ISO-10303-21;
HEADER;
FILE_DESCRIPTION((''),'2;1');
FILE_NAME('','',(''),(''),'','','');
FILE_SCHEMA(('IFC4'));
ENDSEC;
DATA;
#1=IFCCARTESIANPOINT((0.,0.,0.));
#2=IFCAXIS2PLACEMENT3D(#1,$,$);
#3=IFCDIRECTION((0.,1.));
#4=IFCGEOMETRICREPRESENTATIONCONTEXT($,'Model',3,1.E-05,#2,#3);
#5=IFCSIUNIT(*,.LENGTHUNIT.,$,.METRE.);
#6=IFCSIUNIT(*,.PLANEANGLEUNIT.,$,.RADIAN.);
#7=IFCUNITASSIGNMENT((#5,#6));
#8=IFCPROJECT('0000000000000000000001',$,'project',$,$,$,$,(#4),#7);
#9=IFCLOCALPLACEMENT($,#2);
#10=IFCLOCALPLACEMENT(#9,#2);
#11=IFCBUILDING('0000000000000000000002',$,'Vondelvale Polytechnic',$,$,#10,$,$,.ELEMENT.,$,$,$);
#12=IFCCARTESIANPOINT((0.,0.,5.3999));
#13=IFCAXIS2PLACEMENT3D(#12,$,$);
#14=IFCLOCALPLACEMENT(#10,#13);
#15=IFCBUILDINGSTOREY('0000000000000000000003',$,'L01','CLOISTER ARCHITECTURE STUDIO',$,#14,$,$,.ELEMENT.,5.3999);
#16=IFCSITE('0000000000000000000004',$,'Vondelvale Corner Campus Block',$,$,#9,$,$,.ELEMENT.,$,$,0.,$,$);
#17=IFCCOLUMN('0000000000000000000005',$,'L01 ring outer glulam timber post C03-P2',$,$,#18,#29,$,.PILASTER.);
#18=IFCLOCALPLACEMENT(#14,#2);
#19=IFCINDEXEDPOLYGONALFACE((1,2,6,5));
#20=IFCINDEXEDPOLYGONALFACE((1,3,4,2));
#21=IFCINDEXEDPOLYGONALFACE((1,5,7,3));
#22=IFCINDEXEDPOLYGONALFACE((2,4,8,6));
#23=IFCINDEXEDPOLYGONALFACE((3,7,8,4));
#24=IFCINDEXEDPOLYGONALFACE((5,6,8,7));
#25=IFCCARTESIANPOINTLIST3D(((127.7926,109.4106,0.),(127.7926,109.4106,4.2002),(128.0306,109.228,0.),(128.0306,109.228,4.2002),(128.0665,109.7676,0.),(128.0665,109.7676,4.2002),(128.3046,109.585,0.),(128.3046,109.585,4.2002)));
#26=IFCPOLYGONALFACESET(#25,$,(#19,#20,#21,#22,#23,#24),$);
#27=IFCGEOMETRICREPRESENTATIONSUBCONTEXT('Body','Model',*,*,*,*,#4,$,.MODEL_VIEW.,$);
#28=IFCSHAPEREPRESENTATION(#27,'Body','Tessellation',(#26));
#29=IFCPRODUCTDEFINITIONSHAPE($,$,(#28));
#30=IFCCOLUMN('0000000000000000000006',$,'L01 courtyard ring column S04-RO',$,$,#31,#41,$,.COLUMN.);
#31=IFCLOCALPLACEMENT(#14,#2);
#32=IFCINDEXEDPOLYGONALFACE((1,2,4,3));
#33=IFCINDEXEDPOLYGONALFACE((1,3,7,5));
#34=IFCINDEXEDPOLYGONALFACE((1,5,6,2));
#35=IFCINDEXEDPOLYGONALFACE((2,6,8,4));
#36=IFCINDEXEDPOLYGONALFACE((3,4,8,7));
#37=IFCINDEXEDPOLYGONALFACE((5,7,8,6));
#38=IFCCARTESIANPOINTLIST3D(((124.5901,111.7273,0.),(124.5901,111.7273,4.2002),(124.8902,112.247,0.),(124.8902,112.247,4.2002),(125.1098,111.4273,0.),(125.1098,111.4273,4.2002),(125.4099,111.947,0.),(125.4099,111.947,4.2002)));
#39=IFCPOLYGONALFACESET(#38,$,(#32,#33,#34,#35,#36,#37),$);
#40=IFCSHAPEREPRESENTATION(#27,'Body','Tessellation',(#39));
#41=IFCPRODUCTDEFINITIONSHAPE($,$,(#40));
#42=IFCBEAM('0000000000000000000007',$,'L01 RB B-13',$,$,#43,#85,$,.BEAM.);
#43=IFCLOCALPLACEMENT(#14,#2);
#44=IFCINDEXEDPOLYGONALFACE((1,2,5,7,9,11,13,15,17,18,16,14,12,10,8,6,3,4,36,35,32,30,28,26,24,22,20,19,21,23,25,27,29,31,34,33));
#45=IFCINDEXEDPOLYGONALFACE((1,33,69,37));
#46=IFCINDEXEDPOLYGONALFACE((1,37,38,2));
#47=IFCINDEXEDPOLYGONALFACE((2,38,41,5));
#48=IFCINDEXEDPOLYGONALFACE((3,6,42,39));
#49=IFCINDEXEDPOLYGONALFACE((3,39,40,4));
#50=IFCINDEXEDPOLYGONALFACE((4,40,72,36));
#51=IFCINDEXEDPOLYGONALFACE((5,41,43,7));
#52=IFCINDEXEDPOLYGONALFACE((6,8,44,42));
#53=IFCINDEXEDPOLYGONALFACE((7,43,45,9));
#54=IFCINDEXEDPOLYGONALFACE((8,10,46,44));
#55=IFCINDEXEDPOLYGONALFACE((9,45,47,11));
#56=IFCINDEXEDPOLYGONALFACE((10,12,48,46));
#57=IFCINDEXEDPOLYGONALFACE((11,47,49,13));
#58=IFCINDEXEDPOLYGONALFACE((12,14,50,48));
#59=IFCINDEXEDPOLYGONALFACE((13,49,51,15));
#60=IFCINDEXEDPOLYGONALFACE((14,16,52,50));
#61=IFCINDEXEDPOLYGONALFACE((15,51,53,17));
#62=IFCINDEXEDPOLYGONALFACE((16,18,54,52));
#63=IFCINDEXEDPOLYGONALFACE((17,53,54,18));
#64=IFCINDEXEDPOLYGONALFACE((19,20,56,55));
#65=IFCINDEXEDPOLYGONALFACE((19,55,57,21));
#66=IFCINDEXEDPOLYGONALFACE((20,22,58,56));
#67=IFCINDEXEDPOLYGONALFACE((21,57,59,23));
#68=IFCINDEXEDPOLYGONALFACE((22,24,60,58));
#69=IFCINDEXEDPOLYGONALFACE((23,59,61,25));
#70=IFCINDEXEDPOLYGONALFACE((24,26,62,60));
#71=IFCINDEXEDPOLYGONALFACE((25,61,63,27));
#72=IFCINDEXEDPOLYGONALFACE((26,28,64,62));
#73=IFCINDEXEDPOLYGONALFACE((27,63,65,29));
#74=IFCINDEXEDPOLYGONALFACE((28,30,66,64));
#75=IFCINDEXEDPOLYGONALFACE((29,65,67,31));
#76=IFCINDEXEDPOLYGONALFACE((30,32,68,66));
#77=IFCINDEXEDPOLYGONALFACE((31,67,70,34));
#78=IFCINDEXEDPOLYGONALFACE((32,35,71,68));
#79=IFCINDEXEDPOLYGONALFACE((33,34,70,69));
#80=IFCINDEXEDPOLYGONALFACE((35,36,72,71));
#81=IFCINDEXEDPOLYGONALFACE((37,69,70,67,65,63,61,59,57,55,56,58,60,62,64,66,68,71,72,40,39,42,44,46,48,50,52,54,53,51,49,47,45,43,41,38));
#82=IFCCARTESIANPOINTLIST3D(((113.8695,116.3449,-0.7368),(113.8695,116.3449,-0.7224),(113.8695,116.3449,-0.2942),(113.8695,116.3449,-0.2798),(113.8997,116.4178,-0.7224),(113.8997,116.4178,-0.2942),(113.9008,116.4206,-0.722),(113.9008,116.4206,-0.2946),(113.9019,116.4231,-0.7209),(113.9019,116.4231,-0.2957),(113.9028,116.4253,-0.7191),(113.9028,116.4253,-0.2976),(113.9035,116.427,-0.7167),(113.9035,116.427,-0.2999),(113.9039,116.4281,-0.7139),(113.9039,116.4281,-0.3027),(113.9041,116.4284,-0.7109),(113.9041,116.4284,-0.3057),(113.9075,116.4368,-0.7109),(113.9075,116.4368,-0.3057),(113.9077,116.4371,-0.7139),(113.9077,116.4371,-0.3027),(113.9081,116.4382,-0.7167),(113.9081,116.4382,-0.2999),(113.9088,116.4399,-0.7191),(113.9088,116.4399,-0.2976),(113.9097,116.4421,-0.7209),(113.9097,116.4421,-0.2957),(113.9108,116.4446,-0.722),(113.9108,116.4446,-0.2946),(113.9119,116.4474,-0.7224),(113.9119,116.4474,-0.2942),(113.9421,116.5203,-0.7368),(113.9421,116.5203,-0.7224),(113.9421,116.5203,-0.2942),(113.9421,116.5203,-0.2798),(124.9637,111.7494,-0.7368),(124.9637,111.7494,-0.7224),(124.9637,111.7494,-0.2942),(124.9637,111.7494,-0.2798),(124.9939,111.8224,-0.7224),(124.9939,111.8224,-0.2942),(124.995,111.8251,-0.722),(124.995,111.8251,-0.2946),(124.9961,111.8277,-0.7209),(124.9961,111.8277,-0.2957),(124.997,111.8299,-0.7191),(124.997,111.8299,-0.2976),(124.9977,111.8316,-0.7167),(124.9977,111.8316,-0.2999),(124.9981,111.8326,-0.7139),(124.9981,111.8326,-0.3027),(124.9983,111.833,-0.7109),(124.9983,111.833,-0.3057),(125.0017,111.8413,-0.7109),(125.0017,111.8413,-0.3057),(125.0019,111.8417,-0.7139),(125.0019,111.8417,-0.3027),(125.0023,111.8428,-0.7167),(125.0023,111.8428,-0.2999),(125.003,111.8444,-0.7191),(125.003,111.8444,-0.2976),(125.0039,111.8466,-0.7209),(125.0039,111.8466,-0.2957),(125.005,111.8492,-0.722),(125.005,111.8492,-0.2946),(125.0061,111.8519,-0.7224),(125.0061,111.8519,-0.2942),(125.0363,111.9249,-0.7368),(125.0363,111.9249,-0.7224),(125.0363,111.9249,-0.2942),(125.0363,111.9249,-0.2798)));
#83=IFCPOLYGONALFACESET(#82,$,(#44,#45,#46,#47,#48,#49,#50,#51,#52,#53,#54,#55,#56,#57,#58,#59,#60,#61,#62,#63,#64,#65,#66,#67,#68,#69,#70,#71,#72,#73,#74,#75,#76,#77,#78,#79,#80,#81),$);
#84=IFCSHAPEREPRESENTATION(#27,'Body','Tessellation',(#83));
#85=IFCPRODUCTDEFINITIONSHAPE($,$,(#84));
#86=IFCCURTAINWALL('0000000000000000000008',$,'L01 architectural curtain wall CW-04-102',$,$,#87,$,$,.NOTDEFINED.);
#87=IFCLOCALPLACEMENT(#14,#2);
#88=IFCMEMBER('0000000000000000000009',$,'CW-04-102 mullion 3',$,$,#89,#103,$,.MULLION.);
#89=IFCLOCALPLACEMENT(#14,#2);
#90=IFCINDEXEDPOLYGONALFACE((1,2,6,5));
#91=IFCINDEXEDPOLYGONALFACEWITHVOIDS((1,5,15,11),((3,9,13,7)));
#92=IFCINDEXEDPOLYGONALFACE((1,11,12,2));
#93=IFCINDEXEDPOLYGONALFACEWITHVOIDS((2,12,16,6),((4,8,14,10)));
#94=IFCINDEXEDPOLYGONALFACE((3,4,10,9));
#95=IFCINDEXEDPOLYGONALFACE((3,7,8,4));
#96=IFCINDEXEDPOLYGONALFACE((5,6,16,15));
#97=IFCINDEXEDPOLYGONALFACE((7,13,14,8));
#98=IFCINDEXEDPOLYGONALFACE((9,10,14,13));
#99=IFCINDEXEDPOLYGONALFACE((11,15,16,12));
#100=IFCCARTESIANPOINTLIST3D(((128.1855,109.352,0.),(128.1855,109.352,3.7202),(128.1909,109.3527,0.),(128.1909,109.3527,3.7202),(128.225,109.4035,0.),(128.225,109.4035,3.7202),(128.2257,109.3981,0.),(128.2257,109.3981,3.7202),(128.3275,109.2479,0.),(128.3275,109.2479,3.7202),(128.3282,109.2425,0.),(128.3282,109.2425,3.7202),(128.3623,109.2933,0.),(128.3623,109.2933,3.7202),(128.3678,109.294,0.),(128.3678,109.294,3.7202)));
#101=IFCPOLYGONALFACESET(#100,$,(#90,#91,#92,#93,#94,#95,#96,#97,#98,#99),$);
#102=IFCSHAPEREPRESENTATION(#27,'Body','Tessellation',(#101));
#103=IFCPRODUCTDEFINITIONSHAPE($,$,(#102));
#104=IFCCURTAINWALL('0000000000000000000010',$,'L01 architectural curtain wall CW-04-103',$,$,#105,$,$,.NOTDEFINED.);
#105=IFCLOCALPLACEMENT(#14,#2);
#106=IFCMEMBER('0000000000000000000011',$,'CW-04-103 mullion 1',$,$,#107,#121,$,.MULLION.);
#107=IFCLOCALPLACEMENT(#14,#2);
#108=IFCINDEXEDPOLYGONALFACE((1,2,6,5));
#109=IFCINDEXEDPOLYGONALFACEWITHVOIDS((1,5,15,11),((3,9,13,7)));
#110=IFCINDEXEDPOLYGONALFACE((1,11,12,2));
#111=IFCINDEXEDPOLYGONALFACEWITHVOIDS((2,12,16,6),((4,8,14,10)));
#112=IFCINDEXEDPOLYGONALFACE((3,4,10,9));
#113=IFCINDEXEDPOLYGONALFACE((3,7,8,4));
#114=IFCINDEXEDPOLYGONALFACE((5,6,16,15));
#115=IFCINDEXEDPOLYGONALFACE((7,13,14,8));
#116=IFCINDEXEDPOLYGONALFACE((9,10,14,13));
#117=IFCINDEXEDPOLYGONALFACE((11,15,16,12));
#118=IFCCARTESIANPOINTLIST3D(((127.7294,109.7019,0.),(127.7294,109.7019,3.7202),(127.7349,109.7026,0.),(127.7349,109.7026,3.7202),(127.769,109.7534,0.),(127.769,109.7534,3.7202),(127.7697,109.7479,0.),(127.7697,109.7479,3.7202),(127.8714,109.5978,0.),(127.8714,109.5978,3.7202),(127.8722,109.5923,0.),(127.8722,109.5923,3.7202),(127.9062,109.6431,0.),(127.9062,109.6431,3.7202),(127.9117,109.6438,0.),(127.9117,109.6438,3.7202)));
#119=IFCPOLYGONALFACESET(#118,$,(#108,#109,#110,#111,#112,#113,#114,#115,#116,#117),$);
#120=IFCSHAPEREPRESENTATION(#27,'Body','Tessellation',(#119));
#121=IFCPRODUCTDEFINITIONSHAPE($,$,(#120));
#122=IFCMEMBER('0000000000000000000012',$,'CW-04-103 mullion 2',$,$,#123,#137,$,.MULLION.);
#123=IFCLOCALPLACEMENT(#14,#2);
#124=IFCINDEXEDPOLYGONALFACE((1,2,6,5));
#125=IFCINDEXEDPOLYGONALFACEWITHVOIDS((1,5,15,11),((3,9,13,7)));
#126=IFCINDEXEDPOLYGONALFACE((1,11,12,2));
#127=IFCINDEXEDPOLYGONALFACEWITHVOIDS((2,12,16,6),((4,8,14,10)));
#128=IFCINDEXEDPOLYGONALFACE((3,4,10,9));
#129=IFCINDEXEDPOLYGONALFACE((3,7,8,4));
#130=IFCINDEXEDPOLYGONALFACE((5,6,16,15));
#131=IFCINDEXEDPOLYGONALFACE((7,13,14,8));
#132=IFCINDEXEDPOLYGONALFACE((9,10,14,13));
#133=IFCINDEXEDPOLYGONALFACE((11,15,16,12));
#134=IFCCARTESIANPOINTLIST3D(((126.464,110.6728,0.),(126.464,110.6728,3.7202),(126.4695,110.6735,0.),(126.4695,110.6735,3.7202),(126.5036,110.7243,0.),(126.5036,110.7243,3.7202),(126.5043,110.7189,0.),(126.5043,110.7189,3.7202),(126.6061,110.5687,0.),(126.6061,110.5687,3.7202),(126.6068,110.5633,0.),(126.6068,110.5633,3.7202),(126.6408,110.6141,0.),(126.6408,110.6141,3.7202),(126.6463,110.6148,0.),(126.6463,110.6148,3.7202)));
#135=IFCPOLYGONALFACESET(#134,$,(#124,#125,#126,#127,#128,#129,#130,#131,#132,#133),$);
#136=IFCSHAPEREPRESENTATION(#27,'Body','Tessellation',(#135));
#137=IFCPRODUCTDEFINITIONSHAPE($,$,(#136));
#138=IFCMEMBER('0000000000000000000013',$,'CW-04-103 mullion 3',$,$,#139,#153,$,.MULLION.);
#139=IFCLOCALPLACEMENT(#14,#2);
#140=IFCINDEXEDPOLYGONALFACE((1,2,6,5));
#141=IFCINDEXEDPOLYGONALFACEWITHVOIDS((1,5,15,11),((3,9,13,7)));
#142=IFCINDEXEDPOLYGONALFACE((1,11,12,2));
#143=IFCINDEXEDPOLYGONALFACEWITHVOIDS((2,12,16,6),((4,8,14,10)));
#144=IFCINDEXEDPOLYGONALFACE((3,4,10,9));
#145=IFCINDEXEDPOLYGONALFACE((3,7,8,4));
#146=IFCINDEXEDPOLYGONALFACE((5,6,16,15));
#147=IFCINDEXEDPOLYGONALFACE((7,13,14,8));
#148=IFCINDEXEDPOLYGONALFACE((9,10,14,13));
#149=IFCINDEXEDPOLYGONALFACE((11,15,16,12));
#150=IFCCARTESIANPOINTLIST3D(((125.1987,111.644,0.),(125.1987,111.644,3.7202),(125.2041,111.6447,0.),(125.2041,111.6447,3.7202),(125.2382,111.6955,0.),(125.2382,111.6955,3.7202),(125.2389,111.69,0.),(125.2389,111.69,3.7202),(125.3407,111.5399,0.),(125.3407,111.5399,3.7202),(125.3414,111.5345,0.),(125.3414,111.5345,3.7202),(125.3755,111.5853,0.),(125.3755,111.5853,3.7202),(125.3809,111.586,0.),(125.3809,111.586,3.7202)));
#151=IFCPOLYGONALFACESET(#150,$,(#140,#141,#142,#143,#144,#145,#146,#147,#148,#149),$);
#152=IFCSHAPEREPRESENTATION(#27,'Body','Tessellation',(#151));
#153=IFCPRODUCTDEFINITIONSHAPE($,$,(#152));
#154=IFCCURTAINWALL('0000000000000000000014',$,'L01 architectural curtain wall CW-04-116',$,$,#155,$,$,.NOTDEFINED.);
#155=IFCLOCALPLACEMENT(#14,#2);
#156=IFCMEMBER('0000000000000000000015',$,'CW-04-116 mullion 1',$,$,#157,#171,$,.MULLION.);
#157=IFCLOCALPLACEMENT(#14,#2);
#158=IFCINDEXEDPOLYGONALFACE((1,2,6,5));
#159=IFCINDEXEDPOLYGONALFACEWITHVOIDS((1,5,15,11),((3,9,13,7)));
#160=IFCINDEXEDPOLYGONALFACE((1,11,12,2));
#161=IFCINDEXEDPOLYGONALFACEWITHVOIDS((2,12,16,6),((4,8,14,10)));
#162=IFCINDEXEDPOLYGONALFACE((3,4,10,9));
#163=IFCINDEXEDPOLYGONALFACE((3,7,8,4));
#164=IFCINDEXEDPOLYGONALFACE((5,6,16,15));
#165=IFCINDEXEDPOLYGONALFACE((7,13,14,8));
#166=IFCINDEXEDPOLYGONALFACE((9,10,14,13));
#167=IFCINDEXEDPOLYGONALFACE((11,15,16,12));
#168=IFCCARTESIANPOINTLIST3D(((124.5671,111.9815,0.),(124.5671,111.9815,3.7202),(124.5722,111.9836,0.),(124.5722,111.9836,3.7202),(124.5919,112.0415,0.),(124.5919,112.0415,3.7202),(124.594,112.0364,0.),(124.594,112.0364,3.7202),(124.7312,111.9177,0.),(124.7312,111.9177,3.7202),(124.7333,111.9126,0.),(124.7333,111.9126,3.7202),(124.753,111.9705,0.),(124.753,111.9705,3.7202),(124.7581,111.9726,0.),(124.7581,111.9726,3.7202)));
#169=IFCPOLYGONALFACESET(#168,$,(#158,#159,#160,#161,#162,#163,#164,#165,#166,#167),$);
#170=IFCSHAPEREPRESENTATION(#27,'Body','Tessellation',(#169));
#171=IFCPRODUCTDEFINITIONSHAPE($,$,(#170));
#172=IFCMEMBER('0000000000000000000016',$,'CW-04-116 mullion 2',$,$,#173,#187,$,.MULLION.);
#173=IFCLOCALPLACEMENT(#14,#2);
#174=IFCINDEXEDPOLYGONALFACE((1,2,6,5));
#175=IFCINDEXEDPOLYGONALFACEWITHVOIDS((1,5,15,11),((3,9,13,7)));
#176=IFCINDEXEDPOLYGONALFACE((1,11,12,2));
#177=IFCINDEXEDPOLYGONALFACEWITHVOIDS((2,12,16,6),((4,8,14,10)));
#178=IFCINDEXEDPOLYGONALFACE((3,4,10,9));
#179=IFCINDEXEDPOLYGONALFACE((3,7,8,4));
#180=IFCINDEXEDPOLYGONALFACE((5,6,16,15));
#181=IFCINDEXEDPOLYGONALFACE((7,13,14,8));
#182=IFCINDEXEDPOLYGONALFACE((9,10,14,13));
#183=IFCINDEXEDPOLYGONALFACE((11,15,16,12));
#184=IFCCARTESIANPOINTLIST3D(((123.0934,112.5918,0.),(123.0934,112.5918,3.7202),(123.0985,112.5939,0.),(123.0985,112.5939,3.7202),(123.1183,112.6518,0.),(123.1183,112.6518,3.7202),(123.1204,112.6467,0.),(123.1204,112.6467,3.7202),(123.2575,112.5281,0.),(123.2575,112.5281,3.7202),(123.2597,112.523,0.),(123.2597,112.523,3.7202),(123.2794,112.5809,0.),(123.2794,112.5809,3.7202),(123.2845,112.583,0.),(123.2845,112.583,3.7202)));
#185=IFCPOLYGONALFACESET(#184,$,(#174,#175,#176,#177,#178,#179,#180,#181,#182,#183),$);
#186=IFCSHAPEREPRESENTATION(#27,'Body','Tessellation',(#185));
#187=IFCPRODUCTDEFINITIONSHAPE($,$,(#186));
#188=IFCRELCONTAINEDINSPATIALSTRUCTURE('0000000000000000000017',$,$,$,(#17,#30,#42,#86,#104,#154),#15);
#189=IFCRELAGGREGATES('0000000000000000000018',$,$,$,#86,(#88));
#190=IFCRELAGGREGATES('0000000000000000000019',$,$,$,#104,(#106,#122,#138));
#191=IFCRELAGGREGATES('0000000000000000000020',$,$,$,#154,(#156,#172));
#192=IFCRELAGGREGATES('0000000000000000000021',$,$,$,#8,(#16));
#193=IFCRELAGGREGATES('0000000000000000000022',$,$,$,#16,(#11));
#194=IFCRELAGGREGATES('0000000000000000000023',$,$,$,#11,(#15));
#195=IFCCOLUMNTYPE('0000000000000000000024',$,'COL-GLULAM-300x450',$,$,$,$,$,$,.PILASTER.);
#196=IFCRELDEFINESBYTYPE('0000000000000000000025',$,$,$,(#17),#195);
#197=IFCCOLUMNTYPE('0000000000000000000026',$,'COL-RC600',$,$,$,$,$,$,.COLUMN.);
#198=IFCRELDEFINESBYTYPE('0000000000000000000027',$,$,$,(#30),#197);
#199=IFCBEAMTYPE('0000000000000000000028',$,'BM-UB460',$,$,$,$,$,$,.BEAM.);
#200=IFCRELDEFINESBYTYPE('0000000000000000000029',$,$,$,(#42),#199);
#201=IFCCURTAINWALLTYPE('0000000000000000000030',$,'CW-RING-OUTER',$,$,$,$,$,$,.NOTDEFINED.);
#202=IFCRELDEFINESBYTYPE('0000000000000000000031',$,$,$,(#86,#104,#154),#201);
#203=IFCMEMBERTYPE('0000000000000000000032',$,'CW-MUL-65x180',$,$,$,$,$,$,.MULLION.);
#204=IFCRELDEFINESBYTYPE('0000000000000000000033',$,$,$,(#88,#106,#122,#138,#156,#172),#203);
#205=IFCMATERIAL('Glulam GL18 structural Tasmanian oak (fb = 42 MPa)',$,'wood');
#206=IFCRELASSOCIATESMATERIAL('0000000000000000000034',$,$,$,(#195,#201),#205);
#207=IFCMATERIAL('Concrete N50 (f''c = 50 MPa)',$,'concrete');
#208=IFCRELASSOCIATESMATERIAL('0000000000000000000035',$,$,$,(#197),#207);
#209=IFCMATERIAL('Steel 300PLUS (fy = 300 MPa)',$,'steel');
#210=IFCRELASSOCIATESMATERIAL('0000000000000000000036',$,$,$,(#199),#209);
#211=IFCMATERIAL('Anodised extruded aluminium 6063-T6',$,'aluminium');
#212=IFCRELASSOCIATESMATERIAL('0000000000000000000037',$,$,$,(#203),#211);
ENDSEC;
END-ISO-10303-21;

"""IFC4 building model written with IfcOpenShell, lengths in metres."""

from ifc_helpers import new_model, si_unit, direction, frame, origin, origin_2d, place, context, subcontext, project, spatial, rectangle, hollow_rectangle, i_section, extrude, material, material_profile, profile_set, type_object, element, aggregate, save


model = new_model("IFC4")

# Units and contexts
model_context = context("Model", 3, precision=1e-05, world=origin(), true_north=direction((0.0, 1.0)))
body_context = subcontext(model_context, "Body", "Model", "MODEL_VIEW")
ifc_project = project(units=[si_unit("LENGTHUNIT", "METRE"), si_unit("PLANEANGLEUNIT", "RADIAN")], contexts=[model_context])

# Site, building, storey
site_placement = place(None, origin())
site = spatial("IfcSite", under=ifc_project, at=site_placement, Name="Vondelvale Corner Campus Block", CompositionType="ELEMENT", RefElevation=0.0)
building_placement = place(site_placement, origin())
building = spatial("IfcBuilding", under=site, at=building_placement, Name="Vondelvale Polytechnic", CompositionType="ELEMENT")
storey_placement = place(building_placement, frame((0.0, 0.0, 5.3999)))
storey = spatial("IfcBuildingStorey", under=building, at=storey_placement, Name="L01", Description="CLOISTER ARCHITECTURE STUDIO", CompositionType="ELEMENT", Elevation=5.3999)

# Columns
ifc_material_1 = material(Name="Glulam GL18 structural Tasmanian oak (fb = 42 MPa)", Category="wood")
ifc_material_profile_1 = material_profile(ifc_material_1, rectangle(XDim=0.3, YDim=0.45, at=origin_2d()), Name="GL-POST-300x450")
ifc_profile_set_1 = profile_set([ifc_material_profile_1], Name="Glulam GL18 structural Tasmanian oak (fb = 42 MPa)")
column_type_1 = type_object("IfcColumnType", Name="COL-GLULAM-300x450", PredefinedType="PILASTER", material=ifc_profile_set_1)
column_1_placement = place(storey_placement, frame((128.0486, 109.4978, 0.0), z_axis=(0.0, 0.0, 1.0), x_axis=(-0.793353, 0.608761, 0.0)))
element("IfcColumn", 1, at=column_1_placement, inside=storey, type_object=column_type_1, Name="L01 ring outer glulam timber post C03-P2", PredefinedType="PILASTER", context=body_context, shape_type="SweptSolid", body=[
    extrude(rectangle(XDim=0.3, YDim=0.45, at=origin_2d()), origin(), (0.0, 0.0, 1.0), 4.2002),
])
ifc_material_2 = material(Name="Concrete N50 (f'c = 50 MPa)", Category="concrete")
ifc_material_profile_2 = material_profile(ifc_material_2, rectangle(XDim=0.6001, YDim=0.6001, at=origin_2d()), Name="RC-COL-600x600")
ifc_profile_set_2 = profile_set([ifc_material_profile_2], Name="Concrete N50 (f'c = 50 MPa)")
column_type_2 = type_object("IfcColumnType", Name="COL-RC600", PredefinedType="COLUMN", material=ifc_profile_set_2)
column_2_placement = place(storey_placement, frame((125.0, 111.8372, 0.0), z_axis=(0.0, 0.0, 1.0), x_axis=(0.5, 0.866025, 0.0)))
element("IfcColumn", 2, at=column_2_placement, inside=storey, type_object=column_type_2, Name="L01 courtyard ring column S04-RO", PredefinedType="COLUMN", context=body_context, shape_type="SweptSolid", body=[
    extrude(rectangle(XDim=0.6001, YDim=0.6001, at=origin_2d()), origin(), (0.0, 0.0, 1.0), 4.2002),
])

# Beam
ifc_material_3 = material(Name="Steel 300PLUS (fy = 300 MPa)", Category="steel")
ifc_material_profile_3 = material_profile(ifc_material_3, i_section(OverallWidth=0.1899, OverallDepth=0.457, WebThickness=0.009, FlangeThickness=0.0144, FilletRadius=0.0115, at=origin_2d()), Name="460UB74.6")
ifc_profile_set_3 = profile_set([ifc_material_profile_3], Name="Steel 300PLUS (fy = 300 MPa)")
beam_type = type_object("IfcBeamType", Name="BM-UB460", PredefinedType="BEAM", material=ifc_profile_set_3)
beam_placement = place(storey_placement, frame((125.0, 111.8372, -0.5083), z_axis=(-0.923877, 0.382689, 0.0), x_axis=(-0.382689, -0.923877, 0.0)))
element("IfcBeam", 3, at=beam_placement, inside=storey, type_object=beam_type, Name="L01 RB B-13", PredefinedType="BEAM", context=body_context, shape_type="SweptSolid", body=[
    extrude(i_section(OverallWidth=0.1899, OverallDepth=0.457, WebThickness=0.009, FlangeThickness=0.0144, FilletRadius=0.0115, at=origin_2d()), origin(), (0.0, 0.0, 1.0), 12.0083),
])

# Curtain wall, member
curtain_wall_type = type_object("IfcCurtainWallType", Name="CW-RING-OUTER", PredefinedType="NOTDEFINED", material=ifc_material_1)
curtain_wall_1_placement = place(storey_placement, origin())
curtain_wall_1 = element("IfcCurtainWall", 4, at=curtain_wall_1_placement, inside=storey, type_object=curtain_wall_type, Name="L01 architectural curtain wall CW-04-102", PredefinedType="NOTDEFINED")
ifc_material_4 = material(Name="Anodised extruded aluminium 6063-T6", Category="aluminium")
ifc_material_profile_4 = material_profile(ifc_material_4, hollow_rectangle(XDim=0.0649, YDim=0.1799, WallThickness=0.0039, at=origin_2d()), Name="CW-MUL-180x65")
ifc_profile_set_4 = profile_set([ifc_material_profile_4], Name="Anodised extruded aluminium 6063-T6")
member_type_1 = type_object("IfcMemberType", Name="CW-MUL-65x180", PredefinedType="MULLION", material=ifc_profile_set_4)
member_1_placement = place(storey_placement, frame((128.2766, 109.323, 0.0), z_axis=(0.0, 0.0, 1.0), x_axis=(-0.608771, -0.793346, 0.0)))
member_1 = element("IfcMember", 5, at=member_1_placement, type_object=member_type_1, Name="CW-04-102 mullion 3", PredefinedType="MULLION", context=body_context, shape_type="SweptSolid", body=[
    extrude(hollow_rectangle(XDim=0.0649, YDim=0.1799, WallThickness=0.0039, at=origin_2d()), origin(), (0.0, 0.0, 1.0), 3.7202),
])

# Curtain walls, members
curtain_wall_2_placement = place(storey_placement, origin())
curtain_wall_2 = element("IfcCurtainWall", 6, at=curtain_wall_2_placement, inside=storey, type_object=curtain_wall_type, Name="L01 architectural curtain wall CW-04-103", PredefinedType="NOTDEFINED")
member_2_placement = place(storey_placement, frame((127.8206, 109.6729, 0.0), z_axis=(0.0, 0.0, 1.0), x_axis=(-0.608787, -0.793334, 0.0)))
member_2 = element("IfcMember", 7, at=member_2_placement, type_object=member_type_1, Name="CW-04-103 mullion 1", PredefinedType="MULLION", context=body_context, shape_type="SweptSolid", body=[
    extrude(hollow_rectangle(XDim=0.0649, YDim=0.1799, WallThickness=0.0039, at=origin_2d()), origin(), (0.0, 0.0, 1.0), 3.7202),
])
member_3_placement = place(storey_placement, frame((126.5552, 110.6438, 0.0), z_axis=(0.0, 0.0, 1.0), x_axis=(-0.608787, -0.793334, 0.0)))
member_3 = element("IfcMember", 8, at=member_3_placement, type_object=member_type_1, Name="CW-04-103 mullion 2", PredefinedType="MULLION", context=body_context, shape_type="SweptSolid", body=[
    extrude(hollow_rectangle(XDim=0.0649, YDim=0.1799, WallThickness=0.0039, at=origin_2d()), origin(), (0.0, 0.0, 1.0), 3.7202),
])
member_4_placement = place(storey_placement, frame((125.2898, 111.615, 0.0), z_axis=(0.0, 0.0, 1.0), x_axis=(-0.608787, -0.793334, 0.0)))
member_4 = element("IfcMember", 9, at=member_4_placement, type_object=member_type_1, Name="CW-04-103 mullion 3", PredefinedType="MULLION", context=body_context, shape_type="SweptSolid", body=[
    extrude(hollow_rectangle(XDim=0.0649, YDim=0.1799, WallThickness=0.0039, at=origin_2d()), origin(), (0.0, 0.0, 1.0), 3.7202),
])
curtain_wall_3_placement = place(storey_placement, origin())
curtain_wall_3 = element("IfcCurtainWall", 10, at=curtain_wall_3_placement, inside=storey, type_object=curtain_wall_type, Name="L01 architectural curtain wall CW-04-116", PredefinedType="NOTDEFINED")
member_5_placement = place(storey_placement, frame((124.6626, 111.9771, 0.0), z_axis=(0.0, 0.0, 1.0), x_axis=(-0.382677, -0.923882, 0.0)))
member_5 = element("IfcMember", 11, at=member_5_placement, type_object=member_type_1, Name="CW-04-116 mullion 1", PredefinedType="MULLION", context=body_context, shape_type="SweptSolid", body=[
    extrude(hollow_rectangle(XDim=0.0649, YDim=0.1799, WallThickness=0.0039, at=origin_2d()), origin(), (0.0, 0.0, 1.0), 3.7202),
])
member_6_placement = place(storey_placement, frame((123.189, 112.5874, 0.0), z_axis=(0.0, 0.0, 1.0), x_axis=(-0.382677, -0.923882, 0.0)))
member_6 = element("IfcMember", 12, at=member_6_placement, type_object=member_type_1, Name="CW-04-116 mullion 2", PredefinedType="MULLION", context=body_context, shape_type="SweptSolid", body=[
    extrude(hollow_rectangle(XDim=0.0649, YDim=0.1799, WallThickness=0.0039, at=origin_2d()), origin(), (0.0, 0.0, 1.0), 3.7202),
])

aggregate(curtain_wall_1, [member_1])
aggregate(curtain_wall_2, [member_2, member_3, member_4])
aggregate(curtain_wall_3, [member_5, member_6])

save(model, "model.ifc")
